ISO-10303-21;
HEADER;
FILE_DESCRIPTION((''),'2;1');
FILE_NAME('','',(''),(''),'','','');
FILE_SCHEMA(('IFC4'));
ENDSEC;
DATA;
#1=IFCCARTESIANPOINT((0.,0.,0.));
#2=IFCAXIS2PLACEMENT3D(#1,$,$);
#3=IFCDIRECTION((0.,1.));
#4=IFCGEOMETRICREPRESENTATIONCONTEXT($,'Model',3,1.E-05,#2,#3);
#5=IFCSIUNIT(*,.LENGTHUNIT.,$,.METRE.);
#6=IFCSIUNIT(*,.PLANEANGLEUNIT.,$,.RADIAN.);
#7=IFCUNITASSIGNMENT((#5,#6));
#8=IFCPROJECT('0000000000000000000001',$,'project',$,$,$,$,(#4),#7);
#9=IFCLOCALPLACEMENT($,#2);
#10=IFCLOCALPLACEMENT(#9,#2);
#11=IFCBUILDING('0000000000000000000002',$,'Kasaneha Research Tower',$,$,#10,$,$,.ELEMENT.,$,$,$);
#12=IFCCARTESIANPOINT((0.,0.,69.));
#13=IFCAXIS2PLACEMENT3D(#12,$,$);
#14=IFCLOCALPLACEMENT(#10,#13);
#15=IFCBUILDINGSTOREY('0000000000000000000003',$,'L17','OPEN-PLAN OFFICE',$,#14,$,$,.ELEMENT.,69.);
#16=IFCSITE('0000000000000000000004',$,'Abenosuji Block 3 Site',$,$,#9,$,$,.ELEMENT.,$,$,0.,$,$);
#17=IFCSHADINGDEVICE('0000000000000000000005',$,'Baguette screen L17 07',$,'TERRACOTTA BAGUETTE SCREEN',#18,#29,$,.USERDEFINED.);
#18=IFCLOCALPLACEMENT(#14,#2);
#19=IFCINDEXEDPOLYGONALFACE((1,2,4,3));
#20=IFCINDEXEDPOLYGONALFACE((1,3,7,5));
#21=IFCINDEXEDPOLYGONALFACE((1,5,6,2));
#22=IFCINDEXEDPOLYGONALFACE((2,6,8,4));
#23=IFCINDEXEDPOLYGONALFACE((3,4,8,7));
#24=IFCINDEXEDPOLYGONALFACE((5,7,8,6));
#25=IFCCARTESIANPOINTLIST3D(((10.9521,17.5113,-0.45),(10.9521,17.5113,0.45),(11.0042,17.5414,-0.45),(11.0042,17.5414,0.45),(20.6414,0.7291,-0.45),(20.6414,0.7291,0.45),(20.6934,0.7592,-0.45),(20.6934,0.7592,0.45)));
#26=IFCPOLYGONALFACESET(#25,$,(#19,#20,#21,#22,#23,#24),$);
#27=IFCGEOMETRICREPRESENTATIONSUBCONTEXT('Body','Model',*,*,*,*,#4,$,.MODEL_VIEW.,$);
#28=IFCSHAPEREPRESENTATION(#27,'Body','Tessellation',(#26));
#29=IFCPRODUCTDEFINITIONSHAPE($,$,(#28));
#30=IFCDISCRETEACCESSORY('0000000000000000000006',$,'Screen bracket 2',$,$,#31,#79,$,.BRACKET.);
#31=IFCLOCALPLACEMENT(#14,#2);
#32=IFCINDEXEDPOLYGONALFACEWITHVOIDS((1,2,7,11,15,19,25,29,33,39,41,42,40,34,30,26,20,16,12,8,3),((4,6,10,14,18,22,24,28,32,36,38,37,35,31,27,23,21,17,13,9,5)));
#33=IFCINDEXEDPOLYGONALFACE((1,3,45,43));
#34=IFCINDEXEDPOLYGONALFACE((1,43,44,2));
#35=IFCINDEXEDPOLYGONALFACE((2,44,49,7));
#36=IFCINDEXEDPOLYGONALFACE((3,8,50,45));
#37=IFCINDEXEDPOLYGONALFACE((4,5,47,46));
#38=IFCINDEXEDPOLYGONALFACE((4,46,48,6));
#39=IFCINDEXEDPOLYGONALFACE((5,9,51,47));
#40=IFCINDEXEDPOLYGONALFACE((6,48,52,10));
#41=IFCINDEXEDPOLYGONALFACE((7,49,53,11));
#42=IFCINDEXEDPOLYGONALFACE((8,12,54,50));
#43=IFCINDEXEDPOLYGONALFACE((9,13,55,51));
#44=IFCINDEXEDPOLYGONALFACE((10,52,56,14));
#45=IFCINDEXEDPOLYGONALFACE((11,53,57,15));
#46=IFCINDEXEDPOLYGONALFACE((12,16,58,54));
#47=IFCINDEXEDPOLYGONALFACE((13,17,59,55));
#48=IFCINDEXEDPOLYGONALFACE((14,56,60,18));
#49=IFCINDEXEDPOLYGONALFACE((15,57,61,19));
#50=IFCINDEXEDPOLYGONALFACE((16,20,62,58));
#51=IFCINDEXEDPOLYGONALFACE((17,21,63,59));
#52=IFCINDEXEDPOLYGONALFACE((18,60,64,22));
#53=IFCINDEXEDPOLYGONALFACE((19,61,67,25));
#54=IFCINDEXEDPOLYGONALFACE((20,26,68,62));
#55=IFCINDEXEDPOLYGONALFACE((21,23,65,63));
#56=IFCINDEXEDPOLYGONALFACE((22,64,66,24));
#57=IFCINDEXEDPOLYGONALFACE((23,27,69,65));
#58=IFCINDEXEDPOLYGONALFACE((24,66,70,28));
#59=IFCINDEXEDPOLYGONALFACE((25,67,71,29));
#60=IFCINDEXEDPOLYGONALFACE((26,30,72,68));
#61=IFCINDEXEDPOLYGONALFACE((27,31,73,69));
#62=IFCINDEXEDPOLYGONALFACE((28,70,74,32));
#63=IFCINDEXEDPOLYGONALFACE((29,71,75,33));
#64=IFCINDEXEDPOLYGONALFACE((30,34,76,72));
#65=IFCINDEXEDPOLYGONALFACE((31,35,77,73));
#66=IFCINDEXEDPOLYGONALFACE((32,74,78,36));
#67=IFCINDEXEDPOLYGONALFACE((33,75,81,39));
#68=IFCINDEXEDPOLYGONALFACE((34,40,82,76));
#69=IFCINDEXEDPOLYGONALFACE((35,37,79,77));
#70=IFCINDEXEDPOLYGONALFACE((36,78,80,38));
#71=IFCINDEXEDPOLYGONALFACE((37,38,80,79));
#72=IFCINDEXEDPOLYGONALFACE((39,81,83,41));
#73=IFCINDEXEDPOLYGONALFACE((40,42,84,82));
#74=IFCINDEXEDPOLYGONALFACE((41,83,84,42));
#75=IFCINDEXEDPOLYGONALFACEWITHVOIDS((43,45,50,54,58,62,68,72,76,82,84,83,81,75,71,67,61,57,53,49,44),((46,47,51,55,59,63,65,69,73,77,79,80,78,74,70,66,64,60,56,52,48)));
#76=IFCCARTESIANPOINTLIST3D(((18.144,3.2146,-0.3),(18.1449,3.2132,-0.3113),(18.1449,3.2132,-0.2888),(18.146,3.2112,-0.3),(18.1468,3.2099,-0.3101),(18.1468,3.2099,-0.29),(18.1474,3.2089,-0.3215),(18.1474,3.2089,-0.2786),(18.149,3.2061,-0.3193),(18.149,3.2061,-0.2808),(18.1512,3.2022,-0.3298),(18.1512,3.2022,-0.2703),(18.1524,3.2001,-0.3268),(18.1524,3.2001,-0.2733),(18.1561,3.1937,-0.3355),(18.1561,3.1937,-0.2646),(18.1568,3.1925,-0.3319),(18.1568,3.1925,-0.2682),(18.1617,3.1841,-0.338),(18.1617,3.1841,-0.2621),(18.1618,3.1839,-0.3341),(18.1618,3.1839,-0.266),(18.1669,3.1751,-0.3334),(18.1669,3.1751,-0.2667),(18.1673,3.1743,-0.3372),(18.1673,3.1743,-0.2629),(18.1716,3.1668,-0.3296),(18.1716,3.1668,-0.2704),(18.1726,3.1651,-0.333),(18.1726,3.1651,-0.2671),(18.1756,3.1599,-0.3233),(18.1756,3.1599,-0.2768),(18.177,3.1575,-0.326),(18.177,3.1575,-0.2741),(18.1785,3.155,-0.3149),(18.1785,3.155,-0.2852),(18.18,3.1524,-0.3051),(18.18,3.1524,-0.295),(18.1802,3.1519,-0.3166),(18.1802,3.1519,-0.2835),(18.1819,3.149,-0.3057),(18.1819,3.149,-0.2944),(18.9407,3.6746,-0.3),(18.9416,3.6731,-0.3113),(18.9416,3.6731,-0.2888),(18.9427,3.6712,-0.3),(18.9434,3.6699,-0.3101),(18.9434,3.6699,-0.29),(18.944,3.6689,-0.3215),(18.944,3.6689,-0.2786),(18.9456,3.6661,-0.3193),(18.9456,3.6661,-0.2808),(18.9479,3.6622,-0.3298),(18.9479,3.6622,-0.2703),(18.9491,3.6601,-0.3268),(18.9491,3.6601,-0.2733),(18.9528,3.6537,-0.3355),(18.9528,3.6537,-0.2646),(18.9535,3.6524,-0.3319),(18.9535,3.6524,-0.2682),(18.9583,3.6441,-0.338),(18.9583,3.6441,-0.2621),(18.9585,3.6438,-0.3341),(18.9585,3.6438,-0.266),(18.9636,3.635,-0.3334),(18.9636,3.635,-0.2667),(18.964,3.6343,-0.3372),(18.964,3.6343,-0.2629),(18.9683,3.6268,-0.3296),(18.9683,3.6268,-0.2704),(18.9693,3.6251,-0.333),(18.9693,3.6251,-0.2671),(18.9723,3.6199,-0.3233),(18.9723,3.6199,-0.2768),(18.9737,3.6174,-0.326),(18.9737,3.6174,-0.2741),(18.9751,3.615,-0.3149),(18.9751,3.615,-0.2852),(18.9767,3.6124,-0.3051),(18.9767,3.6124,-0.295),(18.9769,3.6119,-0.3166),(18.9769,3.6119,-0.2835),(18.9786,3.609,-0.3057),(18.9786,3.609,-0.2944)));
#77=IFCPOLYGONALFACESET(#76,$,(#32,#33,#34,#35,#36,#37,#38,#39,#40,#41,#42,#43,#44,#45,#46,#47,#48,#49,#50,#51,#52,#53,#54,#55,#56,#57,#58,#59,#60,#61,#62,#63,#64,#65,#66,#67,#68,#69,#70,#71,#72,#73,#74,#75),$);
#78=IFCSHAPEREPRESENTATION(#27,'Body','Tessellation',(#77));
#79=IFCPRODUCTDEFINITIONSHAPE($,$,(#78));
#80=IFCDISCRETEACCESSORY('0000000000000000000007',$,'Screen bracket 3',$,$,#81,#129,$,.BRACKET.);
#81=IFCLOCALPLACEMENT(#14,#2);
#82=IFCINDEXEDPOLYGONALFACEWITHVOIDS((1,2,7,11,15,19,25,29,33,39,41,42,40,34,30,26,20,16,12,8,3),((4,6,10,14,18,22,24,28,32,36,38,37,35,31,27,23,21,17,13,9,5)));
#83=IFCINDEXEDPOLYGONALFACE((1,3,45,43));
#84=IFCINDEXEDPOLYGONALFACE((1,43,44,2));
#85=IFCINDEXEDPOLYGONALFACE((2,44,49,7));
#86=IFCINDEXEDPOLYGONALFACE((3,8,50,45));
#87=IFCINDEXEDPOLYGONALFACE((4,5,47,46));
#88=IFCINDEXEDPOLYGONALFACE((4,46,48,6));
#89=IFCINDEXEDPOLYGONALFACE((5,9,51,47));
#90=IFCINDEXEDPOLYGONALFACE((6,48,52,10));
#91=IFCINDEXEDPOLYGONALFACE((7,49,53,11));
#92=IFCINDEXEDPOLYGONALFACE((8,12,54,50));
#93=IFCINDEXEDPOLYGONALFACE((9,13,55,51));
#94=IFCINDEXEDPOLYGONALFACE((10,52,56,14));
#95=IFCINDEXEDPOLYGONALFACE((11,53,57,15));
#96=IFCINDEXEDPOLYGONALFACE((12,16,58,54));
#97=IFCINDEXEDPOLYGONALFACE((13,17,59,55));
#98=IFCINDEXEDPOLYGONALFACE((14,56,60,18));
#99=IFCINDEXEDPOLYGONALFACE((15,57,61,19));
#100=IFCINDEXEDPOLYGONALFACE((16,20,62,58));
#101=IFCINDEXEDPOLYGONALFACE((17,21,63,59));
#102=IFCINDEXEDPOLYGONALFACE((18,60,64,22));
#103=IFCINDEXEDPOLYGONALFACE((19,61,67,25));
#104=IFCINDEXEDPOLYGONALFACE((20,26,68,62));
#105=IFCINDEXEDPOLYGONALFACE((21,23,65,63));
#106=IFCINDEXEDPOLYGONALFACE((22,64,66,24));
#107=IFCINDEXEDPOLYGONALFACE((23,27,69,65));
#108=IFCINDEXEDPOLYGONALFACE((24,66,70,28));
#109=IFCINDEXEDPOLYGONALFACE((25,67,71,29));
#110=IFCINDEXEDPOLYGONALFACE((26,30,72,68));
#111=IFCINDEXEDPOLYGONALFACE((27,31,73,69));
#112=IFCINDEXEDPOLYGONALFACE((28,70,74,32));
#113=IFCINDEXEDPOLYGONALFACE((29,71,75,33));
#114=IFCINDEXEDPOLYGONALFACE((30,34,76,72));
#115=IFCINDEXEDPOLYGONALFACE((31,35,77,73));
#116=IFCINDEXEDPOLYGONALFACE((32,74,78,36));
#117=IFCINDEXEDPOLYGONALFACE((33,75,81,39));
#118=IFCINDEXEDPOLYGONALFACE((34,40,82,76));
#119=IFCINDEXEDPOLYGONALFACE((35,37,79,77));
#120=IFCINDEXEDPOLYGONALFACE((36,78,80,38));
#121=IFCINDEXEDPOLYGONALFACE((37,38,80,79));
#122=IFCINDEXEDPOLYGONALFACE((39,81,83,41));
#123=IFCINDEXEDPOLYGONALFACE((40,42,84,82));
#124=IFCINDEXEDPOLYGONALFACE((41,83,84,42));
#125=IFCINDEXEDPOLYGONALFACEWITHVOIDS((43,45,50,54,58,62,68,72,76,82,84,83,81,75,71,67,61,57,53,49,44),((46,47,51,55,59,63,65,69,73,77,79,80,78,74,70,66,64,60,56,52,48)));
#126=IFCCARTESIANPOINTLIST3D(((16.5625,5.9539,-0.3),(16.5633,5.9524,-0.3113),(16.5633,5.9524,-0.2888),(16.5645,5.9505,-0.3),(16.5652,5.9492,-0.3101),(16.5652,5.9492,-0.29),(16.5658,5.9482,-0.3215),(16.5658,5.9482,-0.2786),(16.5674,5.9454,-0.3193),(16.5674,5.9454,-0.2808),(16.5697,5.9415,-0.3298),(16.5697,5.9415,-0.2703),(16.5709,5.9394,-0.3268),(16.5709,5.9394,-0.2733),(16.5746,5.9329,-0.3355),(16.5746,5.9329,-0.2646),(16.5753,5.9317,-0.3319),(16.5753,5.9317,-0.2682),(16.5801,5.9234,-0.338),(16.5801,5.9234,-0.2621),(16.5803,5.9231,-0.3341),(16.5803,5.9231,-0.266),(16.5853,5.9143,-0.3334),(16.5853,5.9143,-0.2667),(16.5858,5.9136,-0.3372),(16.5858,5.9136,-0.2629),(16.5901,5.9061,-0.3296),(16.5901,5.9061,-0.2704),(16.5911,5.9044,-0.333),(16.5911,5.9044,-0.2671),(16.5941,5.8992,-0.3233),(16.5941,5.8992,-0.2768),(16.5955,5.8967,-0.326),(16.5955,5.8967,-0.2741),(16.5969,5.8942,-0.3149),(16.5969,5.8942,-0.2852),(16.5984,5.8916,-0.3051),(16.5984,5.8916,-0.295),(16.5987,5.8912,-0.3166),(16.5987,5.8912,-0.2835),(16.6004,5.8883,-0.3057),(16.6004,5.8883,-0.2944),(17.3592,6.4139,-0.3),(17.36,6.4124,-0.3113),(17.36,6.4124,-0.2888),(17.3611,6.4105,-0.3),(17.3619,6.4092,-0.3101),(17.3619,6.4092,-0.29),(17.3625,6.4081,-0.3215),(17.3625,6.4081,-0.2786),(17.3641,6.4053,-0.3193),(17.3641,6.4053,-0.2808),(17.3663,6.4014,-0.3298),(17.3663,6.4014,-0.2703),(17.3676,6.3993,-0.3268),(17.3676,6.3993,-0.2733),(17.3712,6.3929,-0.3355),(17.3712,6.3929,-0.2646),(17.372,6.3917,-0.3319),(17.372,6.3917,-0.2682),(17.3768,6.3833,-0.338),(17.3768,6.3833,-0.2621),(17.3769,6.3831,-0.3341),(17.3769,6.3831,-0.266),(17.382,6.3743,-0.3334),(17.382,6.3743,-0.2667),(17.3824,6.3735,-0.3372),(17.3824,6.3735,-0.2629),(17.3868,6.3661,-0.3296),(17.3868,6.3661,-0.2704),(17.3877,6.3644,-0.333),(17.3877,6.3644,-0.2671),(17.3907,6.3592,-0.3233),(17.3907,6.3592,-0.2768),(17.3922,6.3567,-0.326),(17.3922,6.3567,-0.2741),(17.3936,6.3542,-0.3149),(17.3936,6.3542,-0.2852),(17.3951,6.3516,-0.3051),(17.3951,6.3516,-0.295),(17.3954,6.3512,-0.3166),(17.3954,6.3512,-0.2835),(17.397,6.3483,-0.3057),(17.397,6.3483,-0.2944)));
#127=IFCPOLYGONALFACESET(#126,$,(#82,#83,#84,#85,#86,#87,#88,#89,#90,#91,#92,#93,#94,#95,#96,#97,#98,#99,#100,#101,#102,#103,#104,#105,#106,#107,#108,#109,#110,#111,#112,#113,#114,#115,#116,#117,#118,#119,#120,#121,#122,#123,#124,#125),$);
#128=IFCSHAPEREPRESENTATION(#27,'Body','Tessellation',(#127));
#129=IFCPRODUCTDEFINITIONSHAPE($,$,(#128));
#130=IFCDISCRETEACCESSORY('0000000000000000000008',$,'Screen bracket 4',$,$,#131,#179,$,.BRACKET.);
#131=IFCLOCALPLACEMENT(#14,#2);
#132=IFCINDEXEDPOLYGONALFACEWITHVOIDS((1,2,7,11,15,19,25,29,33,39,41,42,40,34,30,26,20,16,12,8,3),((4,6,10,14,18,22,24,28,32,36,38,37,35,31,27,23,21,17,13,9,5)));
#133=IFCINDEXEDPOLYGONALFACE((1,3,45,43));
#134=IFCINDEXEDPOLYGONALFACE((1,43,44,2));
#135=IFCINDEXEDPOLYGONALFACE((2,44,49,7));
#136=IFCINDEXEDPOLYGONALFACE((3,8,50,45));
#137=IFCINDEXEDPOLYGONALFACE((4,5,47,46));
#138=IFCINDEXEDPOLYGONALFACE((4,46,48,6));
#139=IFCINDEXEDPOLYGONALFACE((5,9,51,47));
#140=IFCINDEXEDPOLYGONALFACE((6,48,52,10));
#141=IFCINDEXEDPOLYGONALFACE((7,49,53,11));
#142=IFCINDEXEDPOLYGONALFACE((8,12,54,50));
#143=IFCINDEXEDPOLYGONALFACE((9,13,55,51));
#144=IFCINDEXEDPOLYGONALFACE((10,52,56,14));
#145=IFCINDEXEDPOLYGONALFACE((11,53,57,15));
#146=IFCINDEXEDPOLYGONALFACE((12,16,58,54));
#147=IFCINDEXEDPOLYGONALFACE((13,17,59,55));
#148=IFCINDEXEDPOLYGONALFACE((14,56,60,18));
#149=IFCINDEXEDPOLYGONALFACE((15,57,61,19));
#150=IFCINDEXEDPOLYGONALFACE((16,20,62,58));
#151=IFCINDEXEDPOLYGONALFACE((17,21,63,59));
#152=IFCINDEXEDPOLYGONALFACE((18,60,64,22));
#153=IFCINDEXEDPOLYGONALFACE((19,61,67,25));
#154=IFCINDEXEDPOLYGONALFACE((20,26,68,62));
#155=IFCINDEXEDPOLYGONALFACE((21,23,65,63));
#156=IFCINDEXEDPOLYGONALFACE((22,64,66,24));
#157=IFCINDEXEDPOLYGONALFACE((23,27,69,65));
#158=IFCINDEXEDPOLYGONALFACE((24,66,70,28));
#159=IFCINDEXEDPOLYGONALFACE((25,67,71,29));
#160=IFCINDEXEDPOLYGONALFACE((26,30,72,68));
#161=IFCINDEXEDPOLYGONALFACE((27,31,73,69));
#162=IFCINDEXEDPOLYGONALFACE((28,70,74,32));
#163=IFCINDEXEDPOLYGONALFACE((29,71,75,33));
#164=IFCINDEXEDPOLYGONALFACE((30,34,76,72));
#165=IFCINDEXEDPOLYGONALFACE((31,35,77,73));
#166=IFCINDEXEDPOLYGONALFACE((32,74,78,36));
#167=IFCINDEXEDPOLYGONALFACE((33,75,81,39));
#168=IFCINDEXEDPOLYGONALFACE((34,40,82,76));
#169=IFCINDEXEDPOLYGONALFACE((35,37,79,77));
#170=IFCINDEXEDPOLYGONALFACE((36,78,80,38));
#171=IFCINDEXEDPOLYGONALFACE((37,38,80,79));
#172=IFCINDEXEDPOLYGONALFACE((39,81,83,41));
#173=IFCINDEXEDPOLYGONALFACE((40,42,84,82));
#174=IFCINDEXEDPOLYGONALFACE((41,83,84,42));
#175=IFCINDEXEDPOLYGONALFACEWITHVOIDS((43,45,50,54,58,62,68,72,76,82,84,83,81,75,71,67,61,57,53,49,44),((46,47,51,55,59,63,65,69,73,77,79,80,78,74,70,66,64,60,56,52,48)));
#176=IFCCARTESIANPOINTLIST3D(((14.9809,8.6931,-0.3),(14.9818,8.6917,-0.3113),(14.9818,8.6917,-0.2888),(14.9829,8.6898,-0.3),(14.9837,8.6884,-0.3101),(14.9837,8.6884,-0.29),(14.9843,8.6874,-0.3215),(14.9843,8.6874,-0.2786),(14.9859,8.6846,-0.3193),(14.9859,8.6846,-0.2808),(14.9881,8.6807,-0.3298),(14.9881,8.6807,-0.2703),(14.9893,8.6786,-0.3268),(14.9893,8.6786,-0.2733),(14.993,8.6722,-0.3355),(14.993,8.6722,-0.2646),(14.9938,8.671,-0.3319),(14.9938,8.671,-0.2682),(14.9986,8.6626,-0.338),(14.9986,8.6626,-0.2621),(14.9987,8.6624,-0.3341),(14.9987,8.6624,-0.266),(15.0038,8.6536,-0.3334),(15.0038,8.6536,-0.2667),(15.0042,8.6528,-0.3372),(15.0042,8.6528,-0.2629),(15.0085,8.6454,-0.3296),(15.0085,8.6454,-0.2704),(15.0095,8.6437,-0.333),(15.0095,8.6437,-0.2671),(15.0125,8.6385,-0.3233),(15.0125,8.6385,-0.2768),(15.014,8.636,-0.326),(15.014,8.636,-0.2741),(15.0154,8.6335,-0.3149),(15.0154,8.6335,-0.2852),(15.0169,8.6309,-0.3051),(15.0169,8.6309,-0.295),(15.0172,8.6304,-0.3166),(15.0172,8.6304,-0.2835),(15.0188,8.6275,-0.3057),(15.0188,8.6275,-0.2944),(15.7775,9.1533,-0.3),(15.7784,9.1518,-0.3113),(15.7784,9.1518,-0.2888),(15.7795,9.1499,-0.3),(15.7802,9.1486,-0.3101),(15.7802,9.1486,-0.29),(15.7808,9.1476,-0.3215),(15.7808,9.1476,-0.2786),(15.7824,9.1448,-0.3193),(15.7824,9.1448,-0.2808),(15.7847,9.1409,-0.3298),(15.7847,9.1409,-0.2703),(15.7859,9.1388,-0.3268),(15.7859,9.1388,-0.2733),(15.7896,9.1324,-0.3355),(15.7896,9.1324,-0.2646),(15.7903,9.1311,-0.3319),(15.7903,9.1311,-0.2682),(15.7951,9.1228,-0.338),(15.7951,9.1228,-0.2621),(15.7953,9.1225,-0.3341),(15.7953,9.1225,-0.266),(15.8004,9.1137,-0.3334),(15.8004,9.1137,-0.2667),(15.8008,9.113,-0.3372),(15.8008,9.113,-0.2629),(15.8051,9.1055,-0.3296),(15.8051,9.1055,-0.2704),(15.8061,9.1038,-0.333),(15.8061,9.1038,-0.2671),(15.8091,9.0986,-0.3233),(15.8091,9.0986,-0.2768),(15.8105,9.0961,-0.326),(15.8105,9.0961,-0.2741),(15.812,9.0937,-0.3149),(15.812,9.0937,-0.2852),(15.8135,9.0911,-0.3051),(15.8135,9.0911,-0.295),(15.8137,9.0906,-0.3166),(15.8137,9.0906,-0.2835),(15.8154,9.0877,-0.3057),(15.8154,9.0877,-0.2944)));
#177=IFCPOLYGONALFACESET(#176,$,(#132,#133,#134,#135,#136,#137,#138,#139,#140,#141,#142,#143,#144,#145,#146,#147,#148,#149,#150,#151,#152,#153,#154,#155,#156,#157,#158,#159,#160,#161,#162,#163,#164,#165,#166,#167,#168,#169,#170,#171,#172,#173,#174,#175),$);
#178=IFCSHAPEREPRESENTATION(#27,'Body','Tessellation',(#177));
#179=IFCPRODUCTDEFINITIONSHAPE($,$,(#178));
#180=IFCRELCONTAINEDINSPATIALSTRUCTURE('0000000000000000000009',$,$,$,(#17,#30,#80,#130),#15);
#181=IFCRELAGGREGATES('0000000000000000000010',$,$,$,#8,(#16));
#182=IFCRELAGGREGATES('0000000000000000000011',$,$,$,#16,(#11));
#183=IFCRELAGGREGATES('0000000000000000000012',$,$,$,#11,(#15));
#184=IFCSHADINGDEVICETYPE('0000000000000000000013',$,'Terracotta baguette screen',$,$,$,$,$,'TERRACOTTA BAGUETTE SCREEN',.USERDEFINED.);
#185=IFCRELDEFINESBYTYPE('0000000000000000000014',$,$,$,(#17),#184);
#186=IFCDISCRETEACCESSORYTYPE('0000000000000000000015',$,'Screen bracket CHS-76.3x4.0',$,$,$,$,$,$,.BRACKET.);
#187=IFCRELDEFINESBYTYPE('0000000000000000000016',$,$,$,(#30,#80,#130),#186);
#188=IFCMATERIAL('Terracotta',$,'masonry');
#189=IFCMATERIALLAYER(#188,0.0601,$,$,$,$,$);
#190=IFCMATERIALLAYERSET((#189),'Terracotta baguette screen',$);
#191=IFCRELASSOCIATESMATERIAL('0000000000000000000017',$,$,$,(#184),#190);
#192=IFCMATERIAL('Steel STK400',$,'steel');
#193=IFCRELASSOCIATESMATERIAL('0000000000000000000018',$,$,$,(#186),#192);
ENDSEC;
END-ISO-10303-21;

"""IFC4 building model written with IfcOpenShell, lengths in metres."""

from ifc_helpers import new_model, si_unit, direction, frame, origin, origin_2d, place, context, subcontext, project, spatial, rectangle, hollow_circle, extrude, material, layer, layer_set, material_profile, profile_set, type_object, element, save


model = new_model("IFC4")

# Units and contexts
model_context = context("Model", 3, precision=1e-05, world=origin(), true_north=direction((0.0, 1.0)))
body_context = subcontext(model_context, "Body", "Model", "MODEL_VIEW")
ifc_project = project(units=[si_unit("LENGTHUNIT", "METRE"), si_unit("PLANEANGLEUNIT", "RADIAN")], contexts=[model_context])

# Site, building, storey
site_placement = place(None, origin())
site = spatial("IfcSite", under=ifc_project, at=site_placement, Name="Abenosuji Block 3 Site", CompositionType="ELEMENT", RefElevation=0.0)
building_placement = place(site_placement, origin())
building = spatial("IfcBuilding", under=site, at=building_placement, Name="Kasaneha Research Tower", CompositionType="ELEMENT")
storey_placement = place(building_placement, frame((0.0, 0.0, 69.0)))
storey = spatial("IfcBuildingStorey", under=building, at=storey_placement, Name="L17", Description="OPEN-PLAN OFFICE", CompositionType="ELEMENT", Elevation=69.0)

# Shading device
ifc_material_1 = material(Name="Terracotta", Category="masonry")
ifc_layer_1 = layer(ifc_material_1, 0.0601)
ifc_layer_set_1 = layer_set([ifc_layer_1], Name="Terracotta baguette screen")
shading_device_type = type_object("IfcShadingDeviceType", Name="Terracotta baguette screen", ElementType="TERRACOTTA BAGUETTE SCREEN", PredefinedType="USERDEFINED", material=ifc_layer_set_1)
shading_device_placement = place(storey_placement, frame((15.8228, 9.1353, -0.45), z_axis=(0.0, 0.0, 1.0), x_axis=(-0.5, 0.866025, 0.0)))
element("IfcShadingDevice", 1, at=shading_device_placement, inside=storey, type_object=shading_device_type, Name="Baguette screen L17 07", ObjectType="TERRACOTTA BAGUETTE SCREEN", PredefinedType="USERDEFINED", context=body_context, shape_type="SweptSolid", body=[
    extrude(rectangle(XDim=19.3784, YDim=0.0601, at=origin_2d()), origin(), (0.0, 0.0, 1.0), 0.8999),
])

# Discrete accessories
ifc_material_2 = material(Name="Steel STK400", Category="steel")
ifc_material_profile_1 = material_profile(ifc_material_2, hollow_circle(Radius=0.0381, WallThickness=0.0039, at=origin_2d()), Name="CHS-76.3x4.0")
ifc_profile_set_1 = profile_set([ifc_material_profile_1], Name="Steel STK400")
discrete_accessory_type = type_object("IfcDiscreteAccessoryType", Name="Screen bracket CHS-76.3x4.0", PredefinedType="BRACKET", material=ifc_profile_set_1)
for number, where, z_axis, x_axis, name in (
    (2, (18.1631, 3.1816, -0.3), (0.866013, 0.500021, 0.0), (-0.500021, 0.866013, 0.0), "Screen bracket 2"),
    (3, (16.5815, 5.9209, -0.3), (0.866013, 0.500021, 0.0), (-0.500021, 0.866013, 0.0), "Screen bracket 3"),
    (4, (15.0, 8.6602, -0.3), (0.865898, 0.50022, 0.0), (-0.50022, 0.865898, 0.0), "Screen bracket 4"),
):
    element("IfcDiscreteAccessory", number, at=place(storey_placement, frame(where, z_axis=z_axis, x_axis=x_axis)), inside=storey, type_object=discrete_accessory_type, Name=name, PredefinedType="BRACKET", context=body_context, shape_type="SweptSolid", body=[
        extrude(hollow_circle(Radius=0.0381, WallThickness=0.0039, at=origin_2d()), origin(), (0.0, 0.0, 1.0), 0.9199),
    ])

save(model, "model.ifc")
